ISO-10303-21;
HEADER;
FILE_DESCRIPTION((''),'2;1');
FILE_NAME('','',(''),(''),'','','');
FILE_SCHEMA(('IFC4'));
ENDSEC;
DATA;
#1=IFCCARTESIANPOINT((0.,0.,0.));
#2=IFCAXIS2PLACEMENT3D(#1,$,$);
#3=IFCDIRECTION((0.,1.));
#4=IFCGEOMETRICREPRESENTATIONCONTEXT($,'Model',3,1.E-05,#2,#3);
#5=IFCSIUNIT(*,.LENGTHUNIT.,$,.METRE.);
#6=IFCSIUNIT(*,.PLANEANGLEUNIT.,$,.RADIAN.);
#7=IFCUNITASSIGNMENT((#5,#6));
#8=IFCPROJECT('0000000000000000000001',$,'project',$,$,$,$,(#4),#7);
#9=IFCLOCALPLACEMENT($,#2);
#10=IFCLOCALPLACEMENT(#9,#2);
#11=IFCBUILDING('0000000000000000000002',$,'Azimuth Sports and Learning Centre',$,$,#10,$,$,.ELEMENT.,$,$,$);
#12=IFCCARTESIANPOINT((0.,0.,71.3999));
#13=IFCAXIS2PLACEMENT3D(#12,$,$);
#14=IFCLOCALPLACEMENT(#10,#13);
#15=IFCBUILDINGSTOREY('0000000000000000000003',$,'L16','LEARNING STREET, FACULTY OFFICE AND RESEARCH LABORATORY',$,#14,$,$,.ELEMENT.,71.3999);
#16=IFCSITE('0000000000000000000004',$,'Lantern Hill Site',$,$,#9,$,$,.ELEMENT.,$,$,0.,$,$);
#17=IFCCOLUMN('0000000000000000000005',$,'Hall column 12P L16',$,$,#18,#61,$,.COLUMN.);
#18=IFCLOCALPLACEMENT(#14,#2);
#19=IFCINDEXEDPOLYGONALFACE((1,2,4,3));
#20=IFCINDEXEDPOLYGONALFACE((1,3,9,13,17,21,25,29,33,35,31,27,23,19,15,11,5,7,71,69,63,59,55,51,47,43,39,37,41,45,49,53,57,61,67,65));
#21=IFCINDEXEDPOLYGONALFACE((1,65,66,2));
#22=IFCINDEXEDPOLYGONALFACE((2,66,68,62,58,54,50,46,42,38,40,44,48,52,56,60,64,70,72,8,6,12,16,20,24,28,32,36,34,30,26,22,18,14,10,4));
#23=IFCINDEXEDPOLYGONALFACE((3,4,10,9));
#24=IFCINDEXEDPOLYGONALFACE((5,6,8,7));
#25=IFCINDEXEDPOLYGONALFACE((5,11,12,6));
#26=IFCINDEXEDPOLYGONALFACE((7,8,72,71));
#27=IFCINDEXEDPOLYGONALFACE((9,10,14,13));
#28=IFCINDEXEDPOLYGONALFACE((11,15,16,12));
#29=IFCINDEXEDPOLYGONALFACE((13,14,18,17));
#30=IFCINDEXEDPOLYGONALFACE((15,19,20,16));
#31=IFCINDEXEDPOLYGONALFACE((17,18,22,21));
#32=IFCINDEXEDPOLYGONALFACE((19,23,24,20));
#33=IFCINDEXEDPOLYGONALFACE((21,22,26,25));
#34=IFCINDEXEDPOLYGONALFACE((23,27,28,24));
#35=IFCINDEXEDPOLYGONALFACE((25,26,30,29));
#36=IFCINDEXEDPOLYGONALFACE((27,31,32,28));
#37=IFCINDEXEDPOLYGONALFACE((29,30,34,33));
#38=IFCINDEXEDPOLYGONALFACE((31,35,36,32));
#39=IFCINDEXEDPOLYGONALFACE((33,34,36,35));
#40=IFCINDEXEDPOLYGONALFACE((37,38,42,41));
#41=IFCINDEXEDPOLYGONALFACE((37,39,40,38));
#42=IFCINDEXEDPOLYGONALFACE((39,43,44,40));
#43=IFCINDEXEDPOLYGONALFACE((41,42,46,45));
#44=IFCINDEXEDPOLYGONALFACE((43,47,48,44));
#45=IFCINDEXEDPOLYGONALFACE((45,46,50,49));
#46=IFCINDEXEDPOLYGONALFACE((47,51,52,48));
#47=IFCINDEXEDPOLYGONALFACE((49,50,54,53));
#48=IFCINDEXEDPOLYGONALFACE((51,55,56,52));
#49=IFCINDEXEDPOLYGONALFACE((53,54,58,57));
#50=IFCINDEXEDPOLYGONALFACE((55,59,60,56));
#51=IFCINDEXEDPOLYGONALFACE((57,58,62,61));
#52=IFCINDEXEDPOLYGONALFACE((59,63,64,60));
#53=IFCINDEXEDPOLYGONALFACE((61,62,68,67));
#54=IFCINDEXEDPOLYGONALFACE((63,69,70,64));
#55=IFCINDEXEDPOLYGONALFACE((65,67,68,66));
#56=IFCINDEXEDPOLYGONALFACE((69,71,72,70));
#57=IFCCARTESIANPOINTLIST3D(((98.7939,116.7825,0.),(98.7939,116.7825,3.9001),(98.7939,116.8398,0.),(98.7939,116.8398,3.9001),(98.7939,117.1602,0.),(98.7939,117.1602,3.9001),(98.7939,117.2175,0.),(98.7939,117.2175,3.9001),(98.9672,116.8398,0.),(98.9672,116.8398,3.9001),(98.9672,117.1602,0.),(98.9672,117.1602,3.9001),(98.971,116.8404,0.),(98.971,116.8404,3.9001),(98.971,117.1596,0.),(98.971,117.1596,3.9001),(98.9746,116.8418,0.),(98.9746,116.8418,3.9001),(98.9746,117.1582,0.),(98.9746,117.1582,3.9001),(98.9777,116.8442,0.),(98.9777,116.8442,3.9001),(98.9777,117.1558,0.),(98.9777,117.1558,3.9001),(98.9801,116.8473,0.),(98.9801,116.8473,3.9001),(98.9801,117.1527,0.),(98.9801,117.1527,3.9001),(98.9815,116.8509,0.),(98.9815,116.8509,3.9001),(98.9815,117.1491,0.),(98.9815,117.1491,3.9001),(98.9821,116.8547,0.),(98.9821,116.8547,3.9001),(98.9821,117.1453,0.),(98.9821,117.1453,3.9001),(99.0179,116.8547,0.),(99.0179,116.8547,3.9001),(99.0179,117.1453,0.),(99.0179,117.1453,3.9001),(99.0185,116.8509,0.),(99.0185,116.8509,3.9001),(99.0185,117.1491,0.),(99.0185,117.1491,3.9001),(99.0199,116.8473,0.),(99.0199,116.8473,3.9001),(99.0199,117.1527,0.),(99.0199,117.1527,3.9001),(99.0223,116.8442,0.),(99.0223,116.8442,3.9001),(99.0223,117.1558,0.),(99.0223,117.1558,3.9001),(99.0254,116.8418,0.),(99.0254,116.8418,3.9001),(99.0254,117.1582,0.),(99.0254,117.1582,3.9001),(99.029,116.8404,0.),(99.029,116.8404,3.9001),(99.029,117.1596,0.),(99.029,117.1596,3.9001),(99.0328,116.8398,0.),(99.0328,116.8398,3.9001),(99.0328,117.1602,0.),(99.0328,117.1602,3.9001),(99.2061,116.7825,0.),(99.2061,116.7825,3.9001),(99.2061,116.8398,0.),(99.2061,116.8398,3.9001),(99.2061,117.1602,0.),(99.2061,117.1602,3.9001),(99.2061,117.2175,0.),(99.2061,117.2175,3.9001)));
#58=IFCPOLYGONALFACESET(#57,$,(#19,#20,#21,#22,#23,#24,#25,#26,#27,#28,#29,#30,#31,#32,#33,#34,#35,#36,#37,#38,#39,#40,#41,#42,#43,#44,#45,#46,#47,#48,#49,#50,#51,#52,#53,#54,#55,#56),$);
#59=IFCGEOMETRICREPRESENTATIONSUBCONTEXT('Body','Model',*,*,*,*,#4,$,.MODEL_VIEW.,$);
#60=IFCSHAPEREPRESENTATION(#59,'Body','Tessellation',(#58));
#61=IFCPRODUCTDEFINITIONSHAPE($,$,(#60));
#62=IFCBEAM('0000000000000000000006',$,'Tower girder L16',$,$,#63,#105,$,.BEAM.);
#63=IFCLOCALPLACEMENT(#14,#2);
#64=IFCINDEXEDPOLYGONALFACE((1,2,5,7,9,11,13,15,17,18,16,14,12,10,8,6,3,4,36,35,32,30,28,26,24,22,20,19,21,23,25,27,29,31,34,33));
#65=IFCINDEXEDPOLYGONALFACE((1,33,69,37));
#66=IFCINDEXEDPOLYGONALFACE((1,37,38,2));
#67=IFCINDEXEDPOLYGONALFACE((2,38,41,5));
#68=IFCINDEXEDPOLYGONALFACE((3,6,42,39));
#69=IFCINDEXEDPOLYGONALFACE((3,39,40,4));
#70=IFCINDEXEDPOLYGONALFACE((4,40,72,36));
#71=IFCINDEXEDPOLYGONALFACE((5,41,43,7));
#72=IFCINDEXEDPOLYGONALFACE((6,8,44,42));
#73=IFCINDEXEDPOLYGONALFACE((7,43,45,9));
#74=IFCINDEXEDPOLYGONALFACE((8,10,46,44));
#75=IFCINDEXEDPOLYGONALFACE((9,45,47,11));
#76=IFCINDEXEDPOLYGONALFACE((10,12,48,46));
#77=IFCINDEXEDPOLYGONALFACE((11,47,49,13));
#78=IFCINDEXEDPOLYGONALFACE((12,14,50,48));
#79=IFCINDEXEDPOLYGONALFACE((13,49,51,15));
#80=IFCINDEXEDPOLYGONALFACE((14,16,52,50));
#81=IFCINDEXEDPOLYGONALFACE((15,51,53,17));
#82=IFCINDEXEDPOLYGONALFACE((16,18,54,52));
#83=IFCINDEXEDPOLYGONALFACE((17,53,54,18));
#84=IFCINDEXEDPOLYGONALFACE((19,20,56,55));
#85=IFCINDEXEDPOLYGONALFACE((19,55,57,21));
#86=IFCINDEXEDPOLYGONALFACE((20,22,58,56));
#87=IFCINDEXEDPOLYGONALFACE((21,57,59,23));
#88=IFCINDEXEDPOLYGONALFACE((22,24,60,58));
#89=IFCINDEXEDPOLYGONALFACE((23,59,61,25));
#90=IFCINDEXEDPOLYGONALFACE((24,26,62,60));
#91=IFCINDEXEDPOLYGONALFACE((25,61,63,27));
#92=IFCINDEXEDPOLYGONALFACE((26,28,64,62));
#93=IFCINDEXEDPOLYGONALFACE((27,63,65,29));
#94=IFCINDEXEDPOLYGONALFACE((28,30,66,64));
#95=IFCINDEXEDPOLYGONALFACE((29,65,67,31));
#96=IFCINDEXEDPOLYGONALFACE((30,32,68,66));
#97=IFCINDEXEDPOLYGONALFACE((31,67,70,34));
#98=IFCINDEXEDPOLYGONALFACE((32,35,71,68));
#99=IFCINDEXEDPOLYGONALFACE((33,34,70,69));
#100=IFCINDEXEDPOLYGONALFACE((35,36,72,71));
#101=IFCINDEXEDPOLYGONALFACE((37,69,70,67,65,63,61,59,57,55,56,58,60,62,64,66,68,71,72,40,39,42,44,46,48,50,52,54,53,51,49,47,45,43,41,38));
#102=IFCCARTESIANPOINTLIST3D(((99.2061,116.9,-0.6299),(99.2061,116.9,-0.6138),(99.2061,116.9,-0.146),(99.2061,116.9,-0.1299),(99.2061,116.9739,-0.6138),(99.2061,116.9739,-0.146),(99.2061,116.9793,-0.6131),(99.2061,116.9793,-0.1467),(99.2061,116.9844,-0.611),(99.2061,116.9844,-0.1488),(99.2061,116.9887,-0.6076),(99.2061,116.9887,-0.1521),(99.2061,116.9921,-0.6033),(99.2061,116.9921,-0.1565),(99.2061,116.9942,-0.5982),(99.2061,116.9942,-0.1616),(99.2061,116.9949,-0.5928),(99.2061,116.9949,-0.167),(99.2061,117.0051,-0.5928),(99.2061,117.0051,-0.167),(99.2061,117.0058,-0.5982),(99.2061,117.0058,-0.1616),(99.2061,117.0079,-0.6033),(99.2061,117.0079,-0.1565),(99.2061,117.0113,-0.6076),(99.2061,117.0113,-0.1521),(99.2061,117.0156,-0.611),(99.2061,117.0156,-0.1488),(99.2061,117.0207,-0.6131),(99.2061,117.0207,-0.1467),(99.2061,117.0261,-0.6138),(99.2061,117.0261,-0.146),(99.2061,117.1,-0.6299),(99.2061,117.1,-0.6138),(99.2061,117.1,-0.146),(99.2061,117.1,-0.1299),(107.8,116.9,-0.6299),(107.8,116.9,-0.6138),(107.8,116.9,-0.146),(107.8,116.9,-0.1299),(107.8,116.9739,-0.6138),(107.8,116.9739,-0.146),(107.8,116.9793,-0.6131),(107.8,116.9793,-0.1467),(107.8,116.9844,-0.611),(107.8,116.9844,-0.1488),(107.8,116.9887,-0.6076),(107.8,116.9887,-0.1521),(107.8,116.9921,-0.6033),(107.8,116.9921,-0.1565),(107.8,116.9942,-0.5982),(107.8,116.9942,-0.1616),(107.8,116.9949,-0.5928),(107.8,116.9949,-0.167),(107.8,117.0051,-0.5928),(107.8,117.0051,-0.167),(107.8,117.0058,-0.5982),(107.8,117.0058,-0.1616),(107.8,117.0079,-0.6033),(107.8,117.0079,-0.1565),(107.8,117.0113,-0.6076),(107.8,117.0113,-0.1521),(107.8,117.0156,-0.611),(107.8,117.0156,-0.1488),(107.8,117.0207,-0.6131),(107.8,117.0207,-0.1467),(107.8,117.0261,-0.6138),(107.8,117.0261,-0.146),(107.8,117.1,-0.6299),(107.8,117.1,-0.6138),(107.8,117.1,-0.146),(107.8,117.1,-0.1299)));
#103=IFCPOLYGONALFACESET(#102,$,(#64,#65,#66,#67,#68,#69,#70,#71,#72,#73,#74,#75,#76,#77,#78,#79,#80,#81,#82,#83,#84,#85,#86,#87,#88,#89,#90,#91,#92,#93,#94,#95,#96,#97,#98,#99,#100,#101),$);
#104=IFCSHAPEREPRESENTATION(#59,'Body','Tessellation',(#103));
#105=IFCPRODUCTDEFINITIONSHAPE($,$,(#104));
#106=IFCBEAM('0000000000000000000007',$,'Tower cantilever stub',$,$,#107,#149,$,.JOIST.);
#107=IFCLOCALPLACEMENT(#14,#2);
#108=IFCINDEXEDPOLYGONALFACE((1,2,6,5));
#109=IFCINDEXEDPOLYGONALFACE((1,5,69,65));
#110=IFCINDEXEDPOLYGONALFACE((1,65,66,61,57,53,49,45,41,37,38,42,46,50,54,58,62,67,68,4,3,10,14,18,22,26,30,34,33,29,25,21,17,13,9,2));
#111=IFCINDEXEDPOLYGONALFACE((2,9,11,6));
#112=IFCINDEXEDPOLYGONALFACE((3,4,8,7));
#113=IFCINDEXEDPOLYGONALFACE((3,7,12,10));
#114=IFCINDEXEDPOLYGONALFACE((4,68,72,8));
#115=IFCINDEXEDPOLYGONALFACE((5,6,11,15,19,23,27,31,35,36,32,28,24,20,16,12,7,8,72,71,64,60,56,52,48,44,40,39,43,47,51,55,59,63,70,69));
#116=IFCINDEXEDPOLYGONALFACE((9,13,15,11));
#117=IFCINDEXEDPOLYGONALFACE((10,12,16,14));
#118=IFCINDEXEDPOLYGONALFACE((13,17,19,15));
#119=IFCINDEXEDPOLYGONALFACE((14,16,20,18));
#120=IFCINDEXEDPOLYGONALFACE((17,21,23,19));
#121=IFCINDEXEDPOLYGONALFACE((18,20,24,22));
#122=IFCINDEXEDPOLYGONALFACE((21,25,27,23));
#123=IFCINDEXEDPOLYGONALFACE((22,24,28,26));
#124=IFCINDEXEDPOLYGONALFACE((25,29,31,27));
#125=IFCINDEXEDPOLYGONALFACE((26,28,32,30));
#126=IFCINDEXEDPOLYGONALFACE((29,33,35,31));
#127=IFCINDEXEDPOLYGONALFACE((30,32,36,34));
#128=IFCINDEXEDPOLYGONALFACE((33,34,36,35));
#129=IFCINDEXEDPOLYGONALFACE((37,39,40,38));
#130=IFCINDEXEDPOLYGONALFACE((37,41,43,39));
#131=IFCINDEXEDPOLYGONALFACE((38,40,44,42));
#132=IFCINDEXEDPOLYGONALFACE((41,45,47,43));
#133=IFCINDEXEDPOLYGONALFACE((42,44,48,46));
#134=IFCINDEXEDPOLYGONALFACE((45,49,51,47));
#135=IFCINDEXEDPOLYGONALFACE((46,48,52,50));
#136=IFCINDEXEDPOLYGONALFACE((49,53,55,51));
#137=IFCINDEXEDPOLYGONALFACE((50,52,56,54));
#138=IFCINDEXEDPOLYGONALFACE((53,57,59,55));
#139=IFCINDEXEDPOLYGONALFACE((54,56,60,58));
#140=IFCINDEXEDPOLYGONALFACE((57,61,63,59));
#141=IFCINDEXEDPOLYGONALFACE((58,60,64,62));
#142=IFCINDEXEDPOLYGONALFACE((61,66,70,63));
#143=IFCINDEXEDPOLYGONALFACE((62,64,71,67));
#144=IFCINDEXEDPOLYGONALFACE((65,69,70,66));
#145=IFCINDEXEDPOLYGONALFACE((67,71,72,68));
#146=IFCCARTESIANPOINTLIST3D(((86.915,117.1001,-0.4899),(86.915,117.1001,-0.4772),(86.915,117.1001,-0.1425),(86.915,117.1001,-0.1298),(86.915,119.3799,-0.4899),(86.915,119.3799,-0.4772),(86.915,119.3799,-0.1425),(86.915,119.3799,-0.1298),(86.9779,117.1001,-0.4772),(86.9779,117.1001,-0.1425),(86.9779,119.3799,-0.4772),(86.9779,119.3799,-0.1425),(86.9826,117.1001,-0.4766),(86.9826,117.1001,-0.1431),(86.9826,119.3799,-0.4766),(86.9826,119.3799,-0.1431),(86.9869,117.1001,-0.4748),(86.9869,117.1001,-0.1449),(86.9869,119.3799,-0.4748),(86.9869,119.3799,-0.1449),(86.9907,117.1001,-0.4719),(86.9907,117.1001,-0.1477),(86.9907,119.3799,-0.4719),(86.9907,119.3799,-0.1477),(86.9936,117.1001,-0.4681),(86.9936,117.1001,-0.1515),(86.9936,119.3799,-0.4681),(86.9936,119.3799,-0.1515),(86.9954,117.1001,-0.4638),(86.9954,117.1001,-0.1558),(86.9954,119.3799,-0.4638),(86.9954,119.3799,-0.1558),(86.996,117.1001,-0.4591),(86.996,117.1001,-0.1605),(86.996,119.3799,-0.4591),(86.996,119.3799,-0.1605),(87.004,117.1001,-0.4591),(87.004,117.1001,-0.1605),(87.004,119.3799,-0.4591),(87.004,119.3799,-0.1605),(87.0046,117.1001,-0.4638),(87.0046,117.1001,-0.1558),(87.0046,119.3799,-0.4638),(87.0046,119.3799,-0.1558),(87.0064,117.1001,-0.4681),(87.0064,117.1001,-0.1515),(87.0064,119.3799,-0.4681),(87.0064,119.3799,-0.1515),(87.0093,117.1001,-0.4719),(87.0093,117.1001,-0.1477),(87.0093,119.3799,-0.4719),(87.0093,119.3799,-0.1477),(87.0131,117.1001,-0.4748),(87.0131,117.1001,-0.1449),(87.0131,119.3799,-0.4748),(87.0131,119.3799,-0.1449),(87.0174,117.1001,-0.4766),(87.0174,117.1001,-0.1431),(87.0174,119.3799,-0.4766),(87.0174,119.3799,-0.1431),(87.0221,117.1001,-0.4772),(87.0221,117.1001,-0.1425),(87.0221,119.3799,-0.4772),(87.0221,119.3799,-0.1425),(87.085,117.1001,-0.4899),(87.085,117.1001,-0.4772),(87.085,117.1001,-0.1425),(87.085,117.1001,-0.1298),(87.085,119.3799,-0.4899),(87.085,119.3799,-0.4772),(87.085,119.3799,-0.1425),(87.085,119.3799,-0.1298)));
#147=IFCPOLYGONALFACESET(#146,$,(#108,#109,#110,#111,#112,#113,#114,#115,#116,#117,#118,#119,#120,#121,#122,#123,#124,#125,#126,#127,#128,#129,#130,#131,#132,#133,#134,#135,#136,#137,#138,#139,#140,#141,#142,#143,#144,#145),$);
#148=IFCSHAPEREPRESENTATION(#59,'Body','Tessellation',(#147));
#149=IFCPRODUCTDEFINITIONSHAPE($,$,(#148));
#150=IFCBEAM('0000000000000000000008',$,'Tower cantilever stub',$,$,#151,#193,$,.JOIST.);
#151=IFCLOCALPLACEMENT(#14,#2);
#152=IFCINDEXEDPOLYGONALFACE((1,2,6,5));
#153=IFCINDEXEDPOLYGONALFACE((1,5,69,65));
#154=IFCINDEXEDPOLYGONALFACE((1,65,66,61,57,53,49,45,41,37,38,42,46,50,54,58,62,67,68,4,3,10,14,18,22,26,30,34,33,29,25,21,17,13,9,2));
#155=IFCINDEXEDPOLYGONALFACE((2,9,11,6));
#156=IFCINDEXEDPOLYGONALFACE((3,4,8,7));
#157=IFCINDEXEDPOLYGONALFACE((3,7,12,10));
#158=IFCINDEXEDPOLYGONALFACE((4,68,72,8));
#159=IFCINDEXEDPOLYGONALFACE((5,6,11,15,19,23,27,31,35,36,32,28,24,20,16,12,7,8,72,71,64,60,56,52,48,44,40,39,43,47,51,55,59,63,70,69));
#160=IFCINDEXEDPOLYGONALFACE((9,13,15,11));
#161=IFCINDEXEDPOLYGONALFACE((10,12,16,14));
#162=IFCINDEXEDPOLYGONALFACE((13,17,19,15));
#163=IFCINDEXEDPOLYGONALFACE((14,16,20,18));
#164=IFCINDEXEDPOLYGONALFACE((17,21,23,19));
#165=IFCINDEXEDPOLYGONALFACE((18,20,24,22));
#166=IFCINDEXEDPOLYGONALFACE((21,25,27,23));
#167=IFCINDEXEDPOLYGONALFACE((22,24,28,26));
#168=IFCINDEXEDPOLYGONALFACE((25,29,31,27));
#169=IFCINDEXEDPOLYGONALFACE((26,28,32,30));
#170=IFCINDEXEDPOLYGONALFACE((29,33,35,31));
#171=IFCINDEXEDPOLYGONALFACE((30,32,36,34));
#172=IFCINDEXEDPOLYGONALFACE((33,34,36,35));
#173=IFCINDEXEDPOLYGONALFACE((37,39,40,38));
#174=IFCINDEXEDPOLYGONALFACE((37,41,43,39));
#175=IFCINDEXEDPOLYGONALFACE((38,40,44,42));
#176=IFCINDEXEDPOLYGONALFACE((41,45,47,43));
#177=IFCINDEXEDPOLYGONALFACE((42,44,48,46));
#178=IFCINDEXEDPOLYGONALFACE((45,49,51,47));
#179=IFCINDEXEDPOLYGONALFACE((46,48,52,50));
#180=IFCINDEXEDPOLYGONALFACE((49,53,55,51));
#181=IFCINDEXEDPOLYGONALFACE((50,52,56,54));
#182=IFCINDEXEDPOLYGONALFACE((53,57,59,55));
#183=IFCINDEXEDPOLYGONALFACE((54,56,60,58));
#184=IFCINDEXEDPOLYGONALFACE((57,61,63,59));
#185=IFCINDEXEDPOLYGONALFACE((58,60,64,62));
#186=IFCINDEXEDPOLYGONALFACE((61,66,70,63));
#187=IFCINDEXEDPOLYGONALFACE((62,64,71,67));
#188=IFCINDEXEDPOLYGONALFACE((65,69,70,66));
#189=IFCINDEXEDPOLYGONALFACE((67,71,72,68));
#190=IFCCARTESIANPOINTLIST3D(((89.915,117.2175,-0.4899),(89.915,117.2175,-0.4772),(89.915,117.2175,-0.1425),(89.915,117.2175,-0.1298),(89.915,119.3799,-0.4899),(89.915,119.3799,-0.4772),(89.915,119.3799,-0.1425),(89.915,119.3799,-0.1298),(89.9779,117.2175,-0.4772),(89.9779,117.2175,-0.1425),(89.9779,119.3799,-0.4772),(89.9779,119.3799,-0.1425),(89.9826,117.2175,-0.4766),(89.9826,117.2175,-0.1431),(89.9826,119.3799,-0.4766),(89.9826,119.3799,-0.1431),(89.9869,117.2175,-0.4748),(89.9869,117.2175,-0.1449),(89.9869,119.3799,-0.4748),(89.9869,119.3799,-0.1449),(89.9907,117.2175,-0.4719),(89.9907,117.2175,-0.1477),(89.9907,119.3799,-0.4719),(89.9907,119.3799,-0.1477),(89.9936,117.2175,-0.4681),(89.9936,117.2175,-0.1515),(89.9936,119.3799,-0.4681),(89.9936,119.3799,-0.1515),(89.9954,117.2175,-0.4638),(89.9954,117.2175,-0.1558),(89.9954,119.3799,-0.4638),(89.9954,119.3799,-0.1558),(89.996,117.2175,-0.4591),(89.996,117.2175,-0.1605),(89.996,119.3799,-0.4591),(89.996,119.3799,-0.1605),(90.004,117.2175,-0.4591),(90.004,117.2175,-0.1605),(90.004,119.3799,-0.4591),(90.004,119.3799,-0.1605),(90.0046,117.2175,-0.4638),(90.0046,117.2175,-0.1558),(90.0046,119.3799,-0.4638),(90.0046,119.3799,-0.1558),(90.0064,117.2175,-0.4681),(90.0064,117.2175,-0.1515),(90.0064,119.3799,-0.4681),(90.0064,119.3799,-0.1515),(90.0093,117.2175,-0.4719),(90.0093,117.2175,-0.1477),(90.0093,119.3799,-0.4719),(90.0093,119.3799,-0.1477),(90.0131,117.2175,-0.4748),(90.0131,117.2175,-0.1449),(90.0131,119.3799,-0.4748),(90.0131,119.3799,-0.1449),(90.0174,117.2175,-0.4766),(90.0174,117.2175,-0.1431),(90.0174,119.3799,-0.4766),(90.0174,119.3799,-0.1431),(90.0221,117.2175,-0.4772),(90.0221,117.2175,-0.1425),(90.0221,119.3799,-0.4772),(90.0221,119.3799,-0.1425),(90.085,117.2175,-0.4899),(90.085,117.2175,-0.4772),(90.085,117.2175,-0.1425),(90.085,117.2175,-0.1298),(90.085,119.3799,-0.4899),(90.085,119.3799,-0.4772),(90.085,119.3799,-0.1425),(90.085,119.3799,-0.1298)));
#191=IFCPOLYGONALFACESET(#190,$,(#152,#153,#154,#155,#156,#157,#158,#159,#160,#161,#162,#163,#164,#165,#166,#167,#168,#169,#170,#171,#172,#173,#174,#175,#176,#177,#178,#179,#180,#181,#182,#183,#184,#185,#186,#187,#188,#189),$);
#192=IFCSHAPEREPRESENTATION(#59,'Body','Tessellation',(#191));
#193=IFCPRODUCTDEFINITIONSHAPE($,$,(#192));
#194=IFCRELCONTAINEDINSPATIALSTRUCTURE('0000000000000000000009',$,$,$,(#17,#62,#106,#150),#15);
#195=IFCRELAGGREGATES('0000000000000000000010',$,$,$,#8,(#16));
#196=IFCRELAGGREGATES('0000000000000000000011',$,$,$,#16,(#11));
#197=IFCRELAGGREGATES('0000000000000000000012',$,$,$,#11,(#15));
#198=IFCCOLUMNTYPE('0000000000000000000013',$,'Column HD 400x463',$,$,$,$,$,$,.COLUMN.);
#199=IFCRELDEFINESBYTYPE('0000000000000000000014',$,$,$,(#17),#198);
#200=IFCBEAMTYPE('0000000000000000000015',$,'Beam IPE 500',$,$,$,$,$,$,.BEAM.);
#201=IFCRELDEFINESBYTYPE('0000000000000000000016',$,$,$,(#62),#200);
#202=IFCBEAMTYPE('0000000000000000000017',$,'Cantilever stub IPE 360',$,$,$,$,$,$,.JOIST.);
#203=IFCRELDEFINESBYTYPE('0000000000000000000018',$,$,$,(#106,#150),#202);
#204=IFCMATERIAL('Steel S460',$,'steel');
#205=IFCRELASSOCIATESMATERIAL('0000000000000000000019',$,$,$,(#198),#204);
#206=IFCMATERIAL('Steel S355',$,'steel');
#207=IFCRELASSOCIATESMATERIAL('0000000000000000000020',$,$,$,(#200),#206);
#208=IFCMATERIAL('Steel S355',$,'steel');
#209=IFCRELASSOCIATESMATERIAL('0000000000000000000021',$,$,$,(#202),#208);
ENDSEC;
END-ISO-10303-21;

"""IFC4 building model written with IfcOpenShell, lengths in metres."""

from ifc_helpers import new_model, si_unit, direction, frame, origin, origin_2d, place, context, subcontext, project, spatial, i_section, extrude, material, material_profile, profile_set, type_object, element, save


model = new_model("IFC4")

# Units and contexts
model_context = context("Model", 3, precision=1e-05, world=origin(), true_north=direction((0.0, 1.0)))
body_context = subcontext(model_context, "Body", "Model", "MODEL_VIEW")
ifc_project = project(units=[si_unit("LENGTHUNIT", "METRE"), si_unit("PLANEANGLEUNIT", "RADIAN")], contexts=[model_context])

# Site, building, storey
site_placement = place(None, origin())
site = spatial("IfcSite", under=ifc_project, at=site_placement, Name="Lantern Hill Site", CompositionType="ELEMENT", RefElevation=0.0)
building_placement = place(site_placement, origin())
building = spatial("IfcBuilding", under=site, at=building_placement, Name="Azimuth Sports and Learning Centre", CompositionType="ELEMENT")
storey_placement = place(building_placement, frame((0.0, 0.0, 71.3999)))
storey = spatial("IfcBuildingStorey", under=building, at=storey_placement, Name="L16", Description="LEARNING STREET, FACULTY OFFICE AND RESEARCH LABORATORY", CompositionType="ELEMENT", Elevation=71.3999)

# Column
ifc_material_1 = material(Name="Steel S460", Category="steel")
ifc_material_profile_1 = material_profile(ifc_material_1, i_section(OverallWidth=0.4121, OverallDepth=0.4351, WebThickness=0.0359, FlangeThickness=0.0574, FilletRadius=0.0149, at=origin_2d()), Name="HD 400x463")
ifc_profile_set_1 = profile_set([ifc_material_profile_1], Name="Steel S460")
column_type = type_object("IfcColumnType", Name="Column HD 400x463", PredefinedType="COLUMN", material=ifc_profile_set_1)
column_placement = place(storey_placement, frame((99.0, 117.0, 0.0), z_axis=(0.0, 0.0, 1.0), x_axis=(1.0, 0.0, 0.0)))
element("IfcColumn", 1, at=column_placement, inside=storey, type_object=column_type, Name="Hall column 12P L16", PredefinedType="COLUMN", context=body_context, shape_type="SweptSolid", body=[
    extrude(i_section(OverallWidth=0.4121, OverallDepth=0.4351, WebThickness=0.0359, FlangeThickness=0.0574, FilletRadius=0.0149, at=origin_2d()), origin(), (0.0, 0.0, 1.0), 3.9001),
])

# Beams
ifc_material_2 = material(Name="Steel S355", Category="steel")
ifc_material_profile_2 = material_profile(ifc_material_2, i_section(OverallWidth=0.2, OverallDepth=0.5, WebThickness=0.0103, FlangeThickness=0.0161, FilletRadius=0.021, at=origin_2d()), Name="IPE 500")
ifc_profile_set_2 = profile_set([ifc_material_profile_2], Name="Steel S355")
beam_type_1 = type_object("IfcBeamType", Name="Beam IPE 500", PredefinedType="BEAM", material=ifc_profile_set_2)
beam_1_placement = place(storey_placement, frame((99.2061, 117.0, -0.3799), z_axis=(1.0, 0.0, 0.0), x_axis=(0.0, 1.0, 0.0)))
element("IfcBeam", 2, at=beam_1_placement, inside=storey, type_object=beam_type_1, Name="Tower girder L16", PredefinedType="BEAM", context=body_context, shape_type="SweptSolid", body=[
    extrude(i_section(OverallWidth=0.2, OverallDepth=0.5, WebThickness=0.0103, FlangeThickness=0.0161, FilletRadius=0.021, at=origin_2d()), origin(), (0.0, 0.0, 1.0), 8.594),
])
ifc_material_3 = material(Name="Steel S355", Category="steel")
ifc_material_profile_3 = material_profile(ifc_material_3, i_section(OverallWidth=0.1699, OverallDepth=0.3601, WebThickness=0.0081, FlangeThickness=0.0127, FilletRadius=0.0181, at=origin_2d()), Name="IPE 360")
ifc_profile_set_3 = profile_set([ifc_material_profile_3], Name="Steel S355")
beam_type_2 = type_object("IfcBeamType", Name="Cantilever stub IPE 360", PredefinedType="JOIST", material=ifc_profile_set_3)
beam_2_placement = place(storey_placement, frame((87.0, 117.1001, -0.3098), z_axis=(0.0, 1.0, 0.0), x_axis=(-1.0, 0.0, 0.0)))
element("IfcBeam", 3, at=beam_2_placement, inside=storey, type_object=beam_type_2, Name="Tower cantilever stub", PredefinedType="JOIST", context=body_context, shape_type="SweptSolid", body=[
    extrude(i_section(OverallWidth=0.1699, OverallDepth=0.3601, WebThickness=0.0081, FlangeThickness=0.0127, FilletRadius=0.0181, at=origin_2d()), origin(), (0.0, 0.0, 1.0), 2.2798),
])
beam_3_placement = place(storey_placement, frame((90.0, 117.2175, -0.3098), z_axis=(0.0, 1.0, 0.0), x_axis=(-1.0, 0.0, 0.0)))
element("IfcBeam", 4, at=beam_3_placement, inside=storey, type_object=beam_type_2, Name="Tower cantilever stub", PredefinedType="JOIST", context=body_context, shape_type="SweptSolid", body=[
    extrude(i_section(OverallWidth=0.1699, OverallDepth=0.3601, WebThickness=0.0081, FlangeThickness=0.0127, FilletRadius=0.0181, at=origin_2d()), origin(), (0.0, 0.0, 1.0), 2.1624),
])

save(model, "model.ifc")
